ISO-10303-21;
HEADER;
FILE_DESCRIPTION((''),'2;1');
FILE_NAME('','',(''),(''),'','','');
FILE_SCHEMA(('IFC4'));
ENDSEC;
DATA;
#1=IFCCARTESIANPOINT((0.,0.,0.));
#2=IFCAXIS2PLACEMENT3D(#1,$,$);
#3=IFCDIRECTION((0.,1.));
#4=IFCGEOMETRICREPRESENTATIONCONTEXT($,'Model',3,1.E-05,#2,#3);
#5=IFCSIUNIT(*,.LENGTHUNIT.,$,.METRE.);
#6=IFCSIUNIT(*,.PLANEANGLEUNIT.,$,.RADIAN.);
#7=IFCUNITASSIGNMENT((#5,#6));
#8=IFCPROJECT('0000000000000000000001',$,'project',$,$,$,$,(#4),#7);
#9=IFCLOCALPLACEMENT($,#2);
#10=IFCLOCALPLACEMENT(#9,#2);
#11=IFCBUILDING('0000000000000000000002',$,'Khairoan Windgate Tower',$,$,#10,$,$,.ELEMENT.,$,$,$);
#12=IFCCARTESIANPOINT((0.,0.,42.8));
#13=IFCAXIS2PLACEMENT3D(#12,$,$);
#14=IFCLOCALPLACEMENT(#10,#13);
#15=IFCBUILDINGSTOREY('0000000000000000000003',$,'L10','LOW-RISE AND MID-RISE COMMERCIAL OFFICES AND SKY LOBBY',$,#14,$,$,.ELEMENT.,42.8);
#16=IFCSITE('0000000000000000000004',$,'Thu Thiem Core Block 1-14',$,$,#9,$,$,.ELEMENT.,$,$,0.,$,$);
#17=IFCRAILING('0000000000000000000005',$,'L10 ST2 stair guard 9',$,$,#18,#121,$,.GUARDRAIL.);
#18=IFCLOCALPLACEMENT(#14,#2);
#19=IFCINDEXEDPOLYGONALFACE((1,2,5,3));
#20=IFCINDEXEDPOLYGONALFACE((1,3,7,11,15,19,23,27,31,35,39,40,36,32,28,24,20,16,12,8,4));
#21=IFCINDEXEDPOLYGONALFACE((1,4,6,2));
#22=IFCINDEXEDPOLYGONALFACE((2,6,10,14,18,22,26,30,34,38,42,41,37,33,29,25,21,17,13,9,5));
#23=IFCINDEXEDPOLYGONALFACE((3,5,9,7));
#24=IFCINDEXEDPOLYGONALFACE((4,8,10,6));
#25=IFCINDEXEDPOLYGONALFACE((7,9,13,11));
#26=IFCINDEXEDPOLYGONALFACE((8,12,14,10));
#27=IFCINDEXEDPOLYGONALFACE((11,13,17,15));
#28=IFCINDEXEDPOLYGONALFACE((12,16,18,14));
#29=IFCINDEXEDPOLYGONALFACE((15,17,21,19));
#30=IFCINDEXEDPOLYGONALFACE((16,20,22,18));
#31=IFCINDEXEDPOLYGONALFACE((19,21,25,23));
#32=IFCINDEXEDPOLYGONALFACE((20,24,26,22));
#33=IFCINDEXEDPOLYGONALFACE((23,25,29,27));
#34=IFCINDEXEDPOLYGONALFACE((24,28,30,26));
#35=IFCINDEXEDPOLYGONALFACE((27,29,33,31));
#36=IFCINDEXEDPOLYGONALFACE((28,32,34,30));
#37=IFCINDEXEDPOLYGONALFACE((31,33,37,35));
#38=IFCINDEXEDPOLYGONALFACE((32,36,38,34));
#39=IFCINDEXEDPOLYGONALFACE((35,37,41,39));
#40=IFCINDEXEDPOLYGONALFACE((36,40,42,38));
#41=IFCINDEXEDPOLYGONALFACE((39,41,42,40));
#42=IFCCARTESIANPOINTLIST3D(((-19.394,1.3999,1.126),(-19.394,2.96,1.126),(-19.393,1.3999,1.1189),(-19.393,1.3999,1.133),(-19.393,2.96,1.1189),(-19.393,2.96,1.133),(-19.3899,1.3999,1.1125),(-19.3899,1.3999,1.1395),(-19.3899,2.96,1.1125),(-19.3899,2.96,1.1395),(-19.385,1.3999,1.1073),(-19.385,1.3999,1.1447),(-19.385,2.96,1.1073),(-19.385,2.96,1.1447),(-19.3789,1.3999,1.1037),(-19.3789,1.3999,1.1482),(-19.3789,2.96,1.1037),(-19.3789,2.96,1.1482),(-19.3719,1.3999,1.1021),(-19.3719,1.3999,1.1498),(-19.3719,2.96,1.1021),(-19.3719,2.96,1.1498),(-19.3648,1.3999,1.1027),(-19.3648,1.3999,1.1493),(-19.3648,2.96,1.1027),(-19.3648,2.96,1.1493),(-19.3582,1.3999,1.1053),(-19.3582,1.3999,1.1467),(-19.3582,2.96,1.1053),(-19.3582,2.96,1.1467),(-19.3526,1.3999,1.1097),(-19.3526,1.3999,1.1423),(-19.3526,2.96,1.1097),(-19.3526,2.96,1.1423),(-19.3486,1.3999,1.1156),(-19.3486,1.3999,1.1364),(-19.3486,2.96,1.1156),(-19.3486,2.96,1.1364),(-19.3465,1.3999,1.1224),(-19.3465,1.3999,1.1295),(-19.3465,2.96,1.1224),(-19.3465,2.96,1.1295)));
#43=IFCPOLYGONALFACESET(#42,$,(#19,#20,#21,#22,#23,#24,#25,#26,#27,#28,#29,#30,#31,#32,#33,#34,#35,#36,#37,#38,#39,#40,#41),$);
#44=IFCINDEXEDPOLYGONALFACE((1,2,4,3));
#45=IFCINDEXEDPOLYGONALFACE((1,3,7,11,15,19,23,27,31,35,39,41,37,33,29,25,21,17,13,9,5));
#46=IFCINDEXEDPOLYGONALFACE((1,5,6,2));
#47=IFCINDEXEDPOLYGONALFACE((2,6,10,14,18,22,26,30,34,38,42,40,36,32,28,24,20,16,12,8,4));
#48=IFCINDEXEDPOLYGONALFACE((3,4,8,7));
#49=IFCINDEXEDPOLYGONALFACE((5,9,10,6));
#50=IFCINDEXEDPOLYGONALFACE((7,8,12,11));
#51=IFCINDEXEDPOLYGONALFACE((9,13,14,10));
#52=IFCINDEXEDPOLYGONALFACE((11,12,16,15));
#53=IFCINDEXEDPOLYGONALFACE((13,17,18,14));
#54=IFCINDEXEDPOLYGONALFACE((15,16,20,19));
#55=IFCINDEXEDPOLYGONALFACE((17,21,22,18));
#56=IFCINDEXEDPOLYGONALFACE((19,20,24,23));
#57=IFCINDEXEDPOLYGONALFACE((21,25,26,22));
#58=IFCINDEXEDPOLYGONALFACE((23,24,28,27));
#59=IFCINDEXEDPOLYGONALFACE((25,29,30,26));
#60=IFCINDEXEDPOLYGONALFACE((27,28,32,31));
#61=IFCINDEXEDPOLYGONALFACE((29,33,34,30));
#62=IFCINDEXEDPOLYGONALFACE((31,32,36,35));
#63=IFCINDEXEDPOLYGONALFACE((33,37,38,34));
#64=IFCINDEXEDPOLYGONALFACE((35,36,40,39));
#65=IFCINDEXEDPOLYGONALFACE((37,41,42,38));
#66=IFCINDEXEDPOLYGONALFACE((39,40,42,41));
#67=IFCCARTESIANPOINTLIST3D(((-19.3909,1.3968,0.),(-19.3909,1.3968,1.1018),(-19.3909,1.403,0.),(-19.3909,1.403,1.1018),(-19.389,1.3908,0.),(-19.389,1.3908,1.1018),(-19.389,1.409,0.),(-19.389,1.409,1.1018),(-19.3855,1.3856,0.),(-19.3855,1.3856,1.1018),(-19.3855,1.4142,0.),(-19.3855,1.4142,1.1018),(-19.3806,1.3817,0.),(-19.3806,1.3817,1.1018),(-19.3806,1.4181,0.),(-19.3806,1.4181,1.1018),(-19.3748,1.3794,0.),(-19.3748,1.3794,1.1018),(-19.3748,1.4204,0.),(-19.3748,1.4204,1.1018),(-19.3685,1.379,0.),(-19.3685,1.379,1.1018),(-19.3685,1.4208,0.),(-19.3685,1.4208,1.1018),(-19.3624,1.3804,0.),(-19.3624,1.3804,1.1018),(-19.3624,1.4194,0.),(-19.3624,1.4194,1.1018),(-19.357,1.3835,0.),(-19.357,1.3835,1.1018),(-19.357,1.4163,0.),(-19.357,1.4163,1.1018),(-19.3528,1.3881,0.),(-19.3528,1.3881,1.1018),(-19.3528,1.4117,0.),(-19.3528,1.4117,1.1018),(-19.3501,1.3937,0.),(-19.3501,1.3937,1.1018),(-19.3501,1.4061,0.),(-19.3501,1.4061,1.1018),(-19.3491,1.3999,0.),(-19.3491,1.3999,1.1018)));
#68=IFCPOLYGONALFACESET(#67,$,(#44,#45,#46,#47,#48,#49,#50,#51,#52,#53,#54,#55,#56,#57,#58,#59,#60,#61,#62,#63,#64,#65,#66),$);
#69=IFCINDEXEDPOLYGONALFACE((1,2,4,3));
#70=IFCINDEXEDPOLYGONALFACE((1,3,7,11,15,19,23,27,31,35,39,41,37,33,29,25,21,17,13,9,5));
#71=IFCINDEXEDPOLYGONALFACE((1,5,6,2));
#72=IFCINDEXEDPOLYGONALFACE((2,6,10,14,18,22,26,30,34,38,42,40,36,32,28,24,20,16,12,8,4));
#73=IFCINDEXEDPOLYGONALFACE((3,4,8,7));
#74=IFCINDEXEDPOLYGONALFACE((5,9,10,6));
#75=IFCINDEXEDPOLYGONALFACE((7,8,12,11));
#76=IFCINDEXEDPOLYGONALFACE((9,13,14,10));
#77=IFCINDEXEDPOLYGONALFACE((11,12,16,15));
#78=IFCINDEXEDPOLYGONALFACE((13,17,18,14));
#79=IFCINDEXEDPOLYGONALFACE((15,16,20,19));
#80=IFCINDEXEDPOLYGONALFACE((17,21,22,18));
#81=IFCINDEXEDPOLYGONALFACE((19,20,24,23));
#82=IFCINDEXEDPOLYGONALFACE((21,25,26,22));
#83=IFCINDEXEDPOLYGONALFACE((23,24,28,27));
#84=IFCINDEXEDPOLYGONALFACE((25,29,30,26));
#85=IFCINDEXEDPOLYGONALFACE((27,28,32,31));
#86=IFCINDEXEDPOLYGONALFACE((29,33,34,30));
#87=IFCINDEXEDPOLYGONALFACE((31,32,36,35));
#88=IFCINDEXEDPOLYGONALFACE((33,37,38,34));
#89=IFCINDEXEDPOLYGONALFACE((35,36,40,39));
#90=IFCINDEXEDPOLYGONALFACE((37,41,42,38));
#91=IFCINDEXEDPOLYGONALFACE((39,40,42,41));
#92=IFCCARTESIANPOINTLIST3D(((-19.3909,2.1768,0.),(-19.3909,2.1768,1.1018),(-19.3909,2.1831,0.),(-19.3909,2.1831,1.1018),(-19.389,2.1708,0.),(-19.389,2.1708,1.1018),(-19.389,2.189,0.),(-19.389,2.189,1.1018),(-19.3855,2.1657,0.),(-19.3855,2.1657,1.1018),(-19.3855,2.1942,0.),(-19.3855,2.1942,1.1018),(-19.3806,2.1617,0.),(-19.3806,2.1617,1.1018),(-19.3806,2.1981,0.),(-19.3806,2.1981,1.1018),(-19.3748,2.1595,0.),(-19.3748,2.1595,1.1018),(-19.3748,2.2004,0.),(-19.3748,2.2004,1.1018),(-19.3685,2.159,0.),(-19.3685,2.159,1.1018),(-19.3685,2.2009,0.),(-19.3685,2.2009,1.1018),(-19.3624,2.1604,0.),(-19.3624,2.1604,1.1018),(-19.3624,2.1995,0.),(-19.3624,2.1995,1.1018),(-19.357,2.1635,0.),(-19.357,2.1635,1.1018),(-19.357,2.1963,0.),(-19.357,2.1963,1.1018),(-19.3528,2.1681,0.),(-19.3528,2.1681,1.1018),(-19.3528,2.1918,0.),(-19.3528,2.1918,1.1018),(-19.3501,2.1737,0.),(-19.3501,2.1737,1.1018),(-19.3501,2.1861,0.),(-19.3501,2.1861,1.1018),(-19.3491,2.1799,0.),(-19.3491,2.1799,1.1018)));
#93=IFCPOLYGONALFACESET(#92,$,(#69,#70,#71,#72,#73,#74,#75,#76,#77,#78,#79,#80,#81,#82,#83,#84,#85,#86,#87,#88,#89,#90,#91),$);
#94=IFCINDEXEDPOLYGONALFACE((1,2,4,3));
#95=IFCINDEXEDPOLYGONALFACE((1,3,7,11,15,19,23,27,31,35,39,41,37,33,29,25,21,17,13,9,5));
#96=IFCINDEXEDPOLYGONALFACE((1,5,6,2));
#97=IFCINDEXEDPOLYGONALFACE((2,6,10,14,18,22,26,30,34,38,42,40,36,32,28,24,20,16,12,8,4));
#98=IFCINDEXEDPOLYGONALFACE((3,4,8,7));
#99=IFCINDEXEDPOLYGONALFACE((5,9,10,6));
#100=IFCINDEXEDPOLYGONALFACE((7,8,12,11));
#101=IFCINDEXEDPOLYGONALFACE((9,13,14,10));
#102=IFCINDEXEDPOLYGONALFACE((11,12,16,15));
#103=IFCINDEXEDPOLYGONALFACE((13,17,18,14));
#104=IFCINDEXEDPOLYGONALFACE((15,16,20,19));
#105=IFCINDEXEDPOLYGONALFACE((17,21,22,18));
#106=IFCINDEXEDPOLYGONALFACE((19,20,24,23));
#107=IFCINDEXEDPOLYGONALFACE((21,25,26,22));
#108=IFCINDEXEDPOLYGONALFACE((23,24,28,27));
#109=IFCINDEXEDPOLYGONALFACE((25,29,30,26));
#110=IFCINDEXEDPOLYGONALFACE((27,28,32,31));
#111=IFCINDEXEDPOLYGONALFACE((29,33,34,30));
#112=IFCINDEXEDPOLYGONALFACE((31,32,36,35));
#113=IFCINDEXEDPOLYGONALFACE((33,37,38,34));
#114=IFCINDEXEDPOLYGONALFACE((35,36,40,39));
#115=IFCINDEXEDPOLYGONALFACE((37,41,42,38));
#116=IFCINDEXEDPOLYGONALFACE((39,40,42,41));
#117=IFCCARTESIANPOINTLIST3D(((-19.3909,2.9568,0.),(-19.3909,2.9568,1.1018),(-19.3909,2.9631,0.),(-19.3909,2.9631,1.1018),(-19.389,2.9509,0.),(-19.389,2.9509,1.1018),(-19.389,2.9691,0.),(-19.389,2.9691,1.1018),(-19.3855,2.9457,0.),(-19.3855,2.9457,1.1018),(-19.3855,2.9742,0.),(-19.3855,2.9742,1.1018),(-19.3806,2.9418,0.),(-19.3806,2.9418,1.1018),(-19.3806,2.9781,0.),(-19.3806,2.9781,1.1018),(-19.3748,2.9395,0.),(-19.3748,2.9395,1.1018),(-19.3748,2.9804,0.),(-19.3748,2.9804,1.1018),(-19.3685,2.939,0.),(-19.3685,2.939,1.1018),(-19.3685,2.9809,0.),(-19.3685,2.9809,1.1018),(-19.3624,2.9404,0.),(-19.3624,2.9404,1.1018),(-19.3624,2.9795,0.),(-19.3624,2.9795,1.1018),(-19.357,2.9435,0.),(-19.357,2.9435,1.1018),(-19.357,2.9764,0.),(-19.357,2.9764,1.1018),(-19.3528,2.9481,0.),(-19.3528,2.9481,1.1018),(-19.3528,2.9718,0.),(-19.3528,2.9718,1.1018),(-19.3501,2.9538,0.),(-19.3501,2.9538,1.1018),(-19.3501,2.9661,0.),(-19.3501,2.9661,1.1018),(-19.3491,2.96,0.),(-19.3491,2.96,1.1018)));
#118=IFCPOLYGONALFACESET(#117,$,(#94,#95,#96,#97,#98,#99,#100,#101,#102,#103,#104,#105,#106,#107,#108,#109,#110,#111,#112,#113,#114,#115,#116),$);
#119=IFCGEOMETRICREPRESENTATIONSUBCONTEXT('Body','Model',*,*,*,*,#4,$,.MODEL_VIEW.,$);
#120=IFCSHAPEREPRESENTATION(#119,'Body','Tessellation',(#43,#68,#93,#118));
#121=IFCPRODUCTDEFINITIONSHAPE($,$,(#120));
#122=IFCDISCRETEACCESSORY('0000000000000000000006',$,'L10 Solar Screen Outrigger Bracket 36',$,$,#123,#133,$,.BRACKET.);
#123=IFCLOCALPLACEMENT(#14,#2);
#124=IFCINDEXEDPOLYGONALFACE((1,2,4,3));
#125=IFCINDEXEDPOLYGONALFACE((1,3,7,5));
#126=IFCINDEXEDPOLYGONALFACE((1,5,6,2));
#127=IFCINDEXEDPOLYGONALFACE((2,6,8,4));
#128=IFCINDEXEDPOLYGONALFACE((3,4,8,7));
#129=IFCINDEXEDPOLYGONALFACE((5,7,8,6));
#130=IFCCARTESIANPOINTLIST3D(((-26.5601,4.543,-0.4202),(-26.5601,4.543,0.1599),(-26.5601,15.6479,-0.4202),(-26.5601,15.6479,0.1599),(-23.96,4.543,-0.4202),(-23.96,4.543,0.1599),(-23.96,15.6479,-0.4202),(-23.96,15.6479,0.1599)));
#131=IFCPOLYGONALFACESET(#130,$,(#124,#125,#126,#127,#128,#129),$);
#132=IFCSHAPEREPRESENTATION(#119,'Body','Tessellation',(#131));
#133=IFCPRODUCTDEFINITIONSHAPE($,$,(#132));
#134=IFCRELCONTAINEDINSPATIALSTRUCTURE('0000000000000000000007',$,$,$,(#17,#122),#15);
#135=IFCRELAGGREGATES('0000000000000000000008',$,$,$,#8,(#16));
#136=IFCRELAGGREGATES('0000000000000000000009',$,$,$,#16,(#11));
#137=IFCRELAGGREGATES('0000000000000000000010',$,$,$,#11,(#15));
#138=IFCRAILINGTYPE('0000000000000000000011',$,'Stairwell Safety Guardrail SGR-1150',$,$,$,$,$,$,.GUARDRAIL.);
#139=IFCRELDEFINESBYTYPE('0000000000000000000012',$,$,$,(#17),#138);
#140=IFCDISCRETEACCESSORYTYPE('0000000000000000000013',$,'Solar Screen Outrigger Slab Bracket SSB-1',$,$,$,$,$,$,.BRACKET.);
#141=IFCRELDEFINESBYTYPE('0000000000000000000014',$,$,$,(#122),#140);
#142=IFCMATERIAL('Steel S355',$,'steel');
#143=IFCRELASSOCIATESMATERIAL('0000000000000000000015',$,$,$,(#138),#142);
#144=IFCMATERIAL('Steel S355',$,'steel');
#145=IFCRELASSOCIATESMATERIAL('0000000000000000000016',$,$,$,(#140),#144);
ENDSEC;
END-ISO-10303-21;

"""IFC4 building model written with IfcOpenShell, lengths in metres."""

from ifc_helpers import new_model, si_unit, direction, frame, origin, origin_2d, place, context, subcontext, project, spatial, rectangle, circle, extrude, material, type_object, element, save


model = new_model("IFC4")

# Units and contexts
model_context = context("Model", 3, precision=1e-05, world=origin(), true_north=direction((0.0, 1.0)))
body_context = subcontext(model_context, "Body", "Model", "MODEL_VIEW")
ifc_project = project(units=[si_unit("LENGTHUNIT", "METRE"), si_unit("PLANEANGLEUNIT", "RADIAN")], contexts=[model_context])

# Site, building, storey
site_placement = place(None, origin())
site = spatial("IfcSite", under=ifc_project, at=site_placement, Name="Thu Thiem Core Block 1-14", CompositionType="ELEMENT", RefElevation=0.0)
building_placement = place(site_placement, origin())
building = spatial("IfcBuilding", under=site, at=building_placement, Name="Khairoan Windgate Tower", CompositionType="ELEMENT")
storey_placement = place(building_placement, frame((0.0, 0.0, 42.8)))
storey = spatial("IfcBuildingStorey", under=building, at=storey_placement, Name="L10", Description="LOW-RISE AND MID-RISE COMMERCIAL OFFICES AND SKY LOBBY", CompositionType="ELEMENT", Elevation=42.8)

# Railing
ifc_material_1 = material(Name="Steel S355", Category="steel")
railing_type_1 = type_object("IfcRailingType", Name="Stairwell Safety Guardrail SGR-1150", PredefinedType="GUARDRAIL", material=ifc_material_1)
for number, where, name in (
    (1, (-19.3701, 1.3999, 0.0), "L10 ST2 stair guard 9"),
):
    element("IfcRailing", number, at=place(storey_placement, frame(where)), inside=storey, type_object=railing_type_1, Name=name, PredefinedType="GUARDRAIL", context=body_context, shape_type="SweptSolid", body=[
        extrude(circle(Radius=0.0239, at=origin_2d()), frame((0.0, 0.0, 1.126), z_axis=(0.0, 1.0, 0.0), x_axis=(-1.0, 0.0, 0.0)), (0.0, 0.0, 1.0), 1.5601),
        extrude(circle(Radius=0.021, at=origin_2d()), origin(), (0.0, 0.0, 1.0), 1.1018),
        extrude(circle(Radius=0.021, at=origin_2d()), frame((0.0, 0.78, 0.0)), (0.0, 0.0, 1.0), 1.1018),
        extrude(circle(Radius=0.021, at=origin_2d()), frame((0.0, 1.5601, 0.0)), (0.0, 0.0, 1.0), 1.1018),
    ])

# Discrete accessory
ifc_material_2 = material(Name="Steel S355", Category="steel")
discrete_accessory_type = type_object("IfcDiscreteAccessoryType", Name="Solar Screen Outrigger Slab Bracket SSB-1", PredefinedType="BRACKET", material=ifc_material_2)
discrete_accessory_placement = place(storey_placement, frame((-25.26, 10.0955, -0.4202), z_axis=(0.0, 0.0, 1.0), x_axis=(0.0, 1.0, 0.0)))
element("IfcDiscreteAccessory", 2, at=discrete_accessory_placement, inside=storey, type_object=discrete_accessory_type, Name="L10 Solar Screen Outrigger Bracket 36", PredefinedType="BRACKET", context=body_context, shape_type="SweptSolid", body=[
    extrude(rectangle(XDim=11.105, YDim=2.6001, at=origin_2d()), origin(), (0.0, 0.0, 1.0), 0.5801),
])

save(model, "model.ifc")
